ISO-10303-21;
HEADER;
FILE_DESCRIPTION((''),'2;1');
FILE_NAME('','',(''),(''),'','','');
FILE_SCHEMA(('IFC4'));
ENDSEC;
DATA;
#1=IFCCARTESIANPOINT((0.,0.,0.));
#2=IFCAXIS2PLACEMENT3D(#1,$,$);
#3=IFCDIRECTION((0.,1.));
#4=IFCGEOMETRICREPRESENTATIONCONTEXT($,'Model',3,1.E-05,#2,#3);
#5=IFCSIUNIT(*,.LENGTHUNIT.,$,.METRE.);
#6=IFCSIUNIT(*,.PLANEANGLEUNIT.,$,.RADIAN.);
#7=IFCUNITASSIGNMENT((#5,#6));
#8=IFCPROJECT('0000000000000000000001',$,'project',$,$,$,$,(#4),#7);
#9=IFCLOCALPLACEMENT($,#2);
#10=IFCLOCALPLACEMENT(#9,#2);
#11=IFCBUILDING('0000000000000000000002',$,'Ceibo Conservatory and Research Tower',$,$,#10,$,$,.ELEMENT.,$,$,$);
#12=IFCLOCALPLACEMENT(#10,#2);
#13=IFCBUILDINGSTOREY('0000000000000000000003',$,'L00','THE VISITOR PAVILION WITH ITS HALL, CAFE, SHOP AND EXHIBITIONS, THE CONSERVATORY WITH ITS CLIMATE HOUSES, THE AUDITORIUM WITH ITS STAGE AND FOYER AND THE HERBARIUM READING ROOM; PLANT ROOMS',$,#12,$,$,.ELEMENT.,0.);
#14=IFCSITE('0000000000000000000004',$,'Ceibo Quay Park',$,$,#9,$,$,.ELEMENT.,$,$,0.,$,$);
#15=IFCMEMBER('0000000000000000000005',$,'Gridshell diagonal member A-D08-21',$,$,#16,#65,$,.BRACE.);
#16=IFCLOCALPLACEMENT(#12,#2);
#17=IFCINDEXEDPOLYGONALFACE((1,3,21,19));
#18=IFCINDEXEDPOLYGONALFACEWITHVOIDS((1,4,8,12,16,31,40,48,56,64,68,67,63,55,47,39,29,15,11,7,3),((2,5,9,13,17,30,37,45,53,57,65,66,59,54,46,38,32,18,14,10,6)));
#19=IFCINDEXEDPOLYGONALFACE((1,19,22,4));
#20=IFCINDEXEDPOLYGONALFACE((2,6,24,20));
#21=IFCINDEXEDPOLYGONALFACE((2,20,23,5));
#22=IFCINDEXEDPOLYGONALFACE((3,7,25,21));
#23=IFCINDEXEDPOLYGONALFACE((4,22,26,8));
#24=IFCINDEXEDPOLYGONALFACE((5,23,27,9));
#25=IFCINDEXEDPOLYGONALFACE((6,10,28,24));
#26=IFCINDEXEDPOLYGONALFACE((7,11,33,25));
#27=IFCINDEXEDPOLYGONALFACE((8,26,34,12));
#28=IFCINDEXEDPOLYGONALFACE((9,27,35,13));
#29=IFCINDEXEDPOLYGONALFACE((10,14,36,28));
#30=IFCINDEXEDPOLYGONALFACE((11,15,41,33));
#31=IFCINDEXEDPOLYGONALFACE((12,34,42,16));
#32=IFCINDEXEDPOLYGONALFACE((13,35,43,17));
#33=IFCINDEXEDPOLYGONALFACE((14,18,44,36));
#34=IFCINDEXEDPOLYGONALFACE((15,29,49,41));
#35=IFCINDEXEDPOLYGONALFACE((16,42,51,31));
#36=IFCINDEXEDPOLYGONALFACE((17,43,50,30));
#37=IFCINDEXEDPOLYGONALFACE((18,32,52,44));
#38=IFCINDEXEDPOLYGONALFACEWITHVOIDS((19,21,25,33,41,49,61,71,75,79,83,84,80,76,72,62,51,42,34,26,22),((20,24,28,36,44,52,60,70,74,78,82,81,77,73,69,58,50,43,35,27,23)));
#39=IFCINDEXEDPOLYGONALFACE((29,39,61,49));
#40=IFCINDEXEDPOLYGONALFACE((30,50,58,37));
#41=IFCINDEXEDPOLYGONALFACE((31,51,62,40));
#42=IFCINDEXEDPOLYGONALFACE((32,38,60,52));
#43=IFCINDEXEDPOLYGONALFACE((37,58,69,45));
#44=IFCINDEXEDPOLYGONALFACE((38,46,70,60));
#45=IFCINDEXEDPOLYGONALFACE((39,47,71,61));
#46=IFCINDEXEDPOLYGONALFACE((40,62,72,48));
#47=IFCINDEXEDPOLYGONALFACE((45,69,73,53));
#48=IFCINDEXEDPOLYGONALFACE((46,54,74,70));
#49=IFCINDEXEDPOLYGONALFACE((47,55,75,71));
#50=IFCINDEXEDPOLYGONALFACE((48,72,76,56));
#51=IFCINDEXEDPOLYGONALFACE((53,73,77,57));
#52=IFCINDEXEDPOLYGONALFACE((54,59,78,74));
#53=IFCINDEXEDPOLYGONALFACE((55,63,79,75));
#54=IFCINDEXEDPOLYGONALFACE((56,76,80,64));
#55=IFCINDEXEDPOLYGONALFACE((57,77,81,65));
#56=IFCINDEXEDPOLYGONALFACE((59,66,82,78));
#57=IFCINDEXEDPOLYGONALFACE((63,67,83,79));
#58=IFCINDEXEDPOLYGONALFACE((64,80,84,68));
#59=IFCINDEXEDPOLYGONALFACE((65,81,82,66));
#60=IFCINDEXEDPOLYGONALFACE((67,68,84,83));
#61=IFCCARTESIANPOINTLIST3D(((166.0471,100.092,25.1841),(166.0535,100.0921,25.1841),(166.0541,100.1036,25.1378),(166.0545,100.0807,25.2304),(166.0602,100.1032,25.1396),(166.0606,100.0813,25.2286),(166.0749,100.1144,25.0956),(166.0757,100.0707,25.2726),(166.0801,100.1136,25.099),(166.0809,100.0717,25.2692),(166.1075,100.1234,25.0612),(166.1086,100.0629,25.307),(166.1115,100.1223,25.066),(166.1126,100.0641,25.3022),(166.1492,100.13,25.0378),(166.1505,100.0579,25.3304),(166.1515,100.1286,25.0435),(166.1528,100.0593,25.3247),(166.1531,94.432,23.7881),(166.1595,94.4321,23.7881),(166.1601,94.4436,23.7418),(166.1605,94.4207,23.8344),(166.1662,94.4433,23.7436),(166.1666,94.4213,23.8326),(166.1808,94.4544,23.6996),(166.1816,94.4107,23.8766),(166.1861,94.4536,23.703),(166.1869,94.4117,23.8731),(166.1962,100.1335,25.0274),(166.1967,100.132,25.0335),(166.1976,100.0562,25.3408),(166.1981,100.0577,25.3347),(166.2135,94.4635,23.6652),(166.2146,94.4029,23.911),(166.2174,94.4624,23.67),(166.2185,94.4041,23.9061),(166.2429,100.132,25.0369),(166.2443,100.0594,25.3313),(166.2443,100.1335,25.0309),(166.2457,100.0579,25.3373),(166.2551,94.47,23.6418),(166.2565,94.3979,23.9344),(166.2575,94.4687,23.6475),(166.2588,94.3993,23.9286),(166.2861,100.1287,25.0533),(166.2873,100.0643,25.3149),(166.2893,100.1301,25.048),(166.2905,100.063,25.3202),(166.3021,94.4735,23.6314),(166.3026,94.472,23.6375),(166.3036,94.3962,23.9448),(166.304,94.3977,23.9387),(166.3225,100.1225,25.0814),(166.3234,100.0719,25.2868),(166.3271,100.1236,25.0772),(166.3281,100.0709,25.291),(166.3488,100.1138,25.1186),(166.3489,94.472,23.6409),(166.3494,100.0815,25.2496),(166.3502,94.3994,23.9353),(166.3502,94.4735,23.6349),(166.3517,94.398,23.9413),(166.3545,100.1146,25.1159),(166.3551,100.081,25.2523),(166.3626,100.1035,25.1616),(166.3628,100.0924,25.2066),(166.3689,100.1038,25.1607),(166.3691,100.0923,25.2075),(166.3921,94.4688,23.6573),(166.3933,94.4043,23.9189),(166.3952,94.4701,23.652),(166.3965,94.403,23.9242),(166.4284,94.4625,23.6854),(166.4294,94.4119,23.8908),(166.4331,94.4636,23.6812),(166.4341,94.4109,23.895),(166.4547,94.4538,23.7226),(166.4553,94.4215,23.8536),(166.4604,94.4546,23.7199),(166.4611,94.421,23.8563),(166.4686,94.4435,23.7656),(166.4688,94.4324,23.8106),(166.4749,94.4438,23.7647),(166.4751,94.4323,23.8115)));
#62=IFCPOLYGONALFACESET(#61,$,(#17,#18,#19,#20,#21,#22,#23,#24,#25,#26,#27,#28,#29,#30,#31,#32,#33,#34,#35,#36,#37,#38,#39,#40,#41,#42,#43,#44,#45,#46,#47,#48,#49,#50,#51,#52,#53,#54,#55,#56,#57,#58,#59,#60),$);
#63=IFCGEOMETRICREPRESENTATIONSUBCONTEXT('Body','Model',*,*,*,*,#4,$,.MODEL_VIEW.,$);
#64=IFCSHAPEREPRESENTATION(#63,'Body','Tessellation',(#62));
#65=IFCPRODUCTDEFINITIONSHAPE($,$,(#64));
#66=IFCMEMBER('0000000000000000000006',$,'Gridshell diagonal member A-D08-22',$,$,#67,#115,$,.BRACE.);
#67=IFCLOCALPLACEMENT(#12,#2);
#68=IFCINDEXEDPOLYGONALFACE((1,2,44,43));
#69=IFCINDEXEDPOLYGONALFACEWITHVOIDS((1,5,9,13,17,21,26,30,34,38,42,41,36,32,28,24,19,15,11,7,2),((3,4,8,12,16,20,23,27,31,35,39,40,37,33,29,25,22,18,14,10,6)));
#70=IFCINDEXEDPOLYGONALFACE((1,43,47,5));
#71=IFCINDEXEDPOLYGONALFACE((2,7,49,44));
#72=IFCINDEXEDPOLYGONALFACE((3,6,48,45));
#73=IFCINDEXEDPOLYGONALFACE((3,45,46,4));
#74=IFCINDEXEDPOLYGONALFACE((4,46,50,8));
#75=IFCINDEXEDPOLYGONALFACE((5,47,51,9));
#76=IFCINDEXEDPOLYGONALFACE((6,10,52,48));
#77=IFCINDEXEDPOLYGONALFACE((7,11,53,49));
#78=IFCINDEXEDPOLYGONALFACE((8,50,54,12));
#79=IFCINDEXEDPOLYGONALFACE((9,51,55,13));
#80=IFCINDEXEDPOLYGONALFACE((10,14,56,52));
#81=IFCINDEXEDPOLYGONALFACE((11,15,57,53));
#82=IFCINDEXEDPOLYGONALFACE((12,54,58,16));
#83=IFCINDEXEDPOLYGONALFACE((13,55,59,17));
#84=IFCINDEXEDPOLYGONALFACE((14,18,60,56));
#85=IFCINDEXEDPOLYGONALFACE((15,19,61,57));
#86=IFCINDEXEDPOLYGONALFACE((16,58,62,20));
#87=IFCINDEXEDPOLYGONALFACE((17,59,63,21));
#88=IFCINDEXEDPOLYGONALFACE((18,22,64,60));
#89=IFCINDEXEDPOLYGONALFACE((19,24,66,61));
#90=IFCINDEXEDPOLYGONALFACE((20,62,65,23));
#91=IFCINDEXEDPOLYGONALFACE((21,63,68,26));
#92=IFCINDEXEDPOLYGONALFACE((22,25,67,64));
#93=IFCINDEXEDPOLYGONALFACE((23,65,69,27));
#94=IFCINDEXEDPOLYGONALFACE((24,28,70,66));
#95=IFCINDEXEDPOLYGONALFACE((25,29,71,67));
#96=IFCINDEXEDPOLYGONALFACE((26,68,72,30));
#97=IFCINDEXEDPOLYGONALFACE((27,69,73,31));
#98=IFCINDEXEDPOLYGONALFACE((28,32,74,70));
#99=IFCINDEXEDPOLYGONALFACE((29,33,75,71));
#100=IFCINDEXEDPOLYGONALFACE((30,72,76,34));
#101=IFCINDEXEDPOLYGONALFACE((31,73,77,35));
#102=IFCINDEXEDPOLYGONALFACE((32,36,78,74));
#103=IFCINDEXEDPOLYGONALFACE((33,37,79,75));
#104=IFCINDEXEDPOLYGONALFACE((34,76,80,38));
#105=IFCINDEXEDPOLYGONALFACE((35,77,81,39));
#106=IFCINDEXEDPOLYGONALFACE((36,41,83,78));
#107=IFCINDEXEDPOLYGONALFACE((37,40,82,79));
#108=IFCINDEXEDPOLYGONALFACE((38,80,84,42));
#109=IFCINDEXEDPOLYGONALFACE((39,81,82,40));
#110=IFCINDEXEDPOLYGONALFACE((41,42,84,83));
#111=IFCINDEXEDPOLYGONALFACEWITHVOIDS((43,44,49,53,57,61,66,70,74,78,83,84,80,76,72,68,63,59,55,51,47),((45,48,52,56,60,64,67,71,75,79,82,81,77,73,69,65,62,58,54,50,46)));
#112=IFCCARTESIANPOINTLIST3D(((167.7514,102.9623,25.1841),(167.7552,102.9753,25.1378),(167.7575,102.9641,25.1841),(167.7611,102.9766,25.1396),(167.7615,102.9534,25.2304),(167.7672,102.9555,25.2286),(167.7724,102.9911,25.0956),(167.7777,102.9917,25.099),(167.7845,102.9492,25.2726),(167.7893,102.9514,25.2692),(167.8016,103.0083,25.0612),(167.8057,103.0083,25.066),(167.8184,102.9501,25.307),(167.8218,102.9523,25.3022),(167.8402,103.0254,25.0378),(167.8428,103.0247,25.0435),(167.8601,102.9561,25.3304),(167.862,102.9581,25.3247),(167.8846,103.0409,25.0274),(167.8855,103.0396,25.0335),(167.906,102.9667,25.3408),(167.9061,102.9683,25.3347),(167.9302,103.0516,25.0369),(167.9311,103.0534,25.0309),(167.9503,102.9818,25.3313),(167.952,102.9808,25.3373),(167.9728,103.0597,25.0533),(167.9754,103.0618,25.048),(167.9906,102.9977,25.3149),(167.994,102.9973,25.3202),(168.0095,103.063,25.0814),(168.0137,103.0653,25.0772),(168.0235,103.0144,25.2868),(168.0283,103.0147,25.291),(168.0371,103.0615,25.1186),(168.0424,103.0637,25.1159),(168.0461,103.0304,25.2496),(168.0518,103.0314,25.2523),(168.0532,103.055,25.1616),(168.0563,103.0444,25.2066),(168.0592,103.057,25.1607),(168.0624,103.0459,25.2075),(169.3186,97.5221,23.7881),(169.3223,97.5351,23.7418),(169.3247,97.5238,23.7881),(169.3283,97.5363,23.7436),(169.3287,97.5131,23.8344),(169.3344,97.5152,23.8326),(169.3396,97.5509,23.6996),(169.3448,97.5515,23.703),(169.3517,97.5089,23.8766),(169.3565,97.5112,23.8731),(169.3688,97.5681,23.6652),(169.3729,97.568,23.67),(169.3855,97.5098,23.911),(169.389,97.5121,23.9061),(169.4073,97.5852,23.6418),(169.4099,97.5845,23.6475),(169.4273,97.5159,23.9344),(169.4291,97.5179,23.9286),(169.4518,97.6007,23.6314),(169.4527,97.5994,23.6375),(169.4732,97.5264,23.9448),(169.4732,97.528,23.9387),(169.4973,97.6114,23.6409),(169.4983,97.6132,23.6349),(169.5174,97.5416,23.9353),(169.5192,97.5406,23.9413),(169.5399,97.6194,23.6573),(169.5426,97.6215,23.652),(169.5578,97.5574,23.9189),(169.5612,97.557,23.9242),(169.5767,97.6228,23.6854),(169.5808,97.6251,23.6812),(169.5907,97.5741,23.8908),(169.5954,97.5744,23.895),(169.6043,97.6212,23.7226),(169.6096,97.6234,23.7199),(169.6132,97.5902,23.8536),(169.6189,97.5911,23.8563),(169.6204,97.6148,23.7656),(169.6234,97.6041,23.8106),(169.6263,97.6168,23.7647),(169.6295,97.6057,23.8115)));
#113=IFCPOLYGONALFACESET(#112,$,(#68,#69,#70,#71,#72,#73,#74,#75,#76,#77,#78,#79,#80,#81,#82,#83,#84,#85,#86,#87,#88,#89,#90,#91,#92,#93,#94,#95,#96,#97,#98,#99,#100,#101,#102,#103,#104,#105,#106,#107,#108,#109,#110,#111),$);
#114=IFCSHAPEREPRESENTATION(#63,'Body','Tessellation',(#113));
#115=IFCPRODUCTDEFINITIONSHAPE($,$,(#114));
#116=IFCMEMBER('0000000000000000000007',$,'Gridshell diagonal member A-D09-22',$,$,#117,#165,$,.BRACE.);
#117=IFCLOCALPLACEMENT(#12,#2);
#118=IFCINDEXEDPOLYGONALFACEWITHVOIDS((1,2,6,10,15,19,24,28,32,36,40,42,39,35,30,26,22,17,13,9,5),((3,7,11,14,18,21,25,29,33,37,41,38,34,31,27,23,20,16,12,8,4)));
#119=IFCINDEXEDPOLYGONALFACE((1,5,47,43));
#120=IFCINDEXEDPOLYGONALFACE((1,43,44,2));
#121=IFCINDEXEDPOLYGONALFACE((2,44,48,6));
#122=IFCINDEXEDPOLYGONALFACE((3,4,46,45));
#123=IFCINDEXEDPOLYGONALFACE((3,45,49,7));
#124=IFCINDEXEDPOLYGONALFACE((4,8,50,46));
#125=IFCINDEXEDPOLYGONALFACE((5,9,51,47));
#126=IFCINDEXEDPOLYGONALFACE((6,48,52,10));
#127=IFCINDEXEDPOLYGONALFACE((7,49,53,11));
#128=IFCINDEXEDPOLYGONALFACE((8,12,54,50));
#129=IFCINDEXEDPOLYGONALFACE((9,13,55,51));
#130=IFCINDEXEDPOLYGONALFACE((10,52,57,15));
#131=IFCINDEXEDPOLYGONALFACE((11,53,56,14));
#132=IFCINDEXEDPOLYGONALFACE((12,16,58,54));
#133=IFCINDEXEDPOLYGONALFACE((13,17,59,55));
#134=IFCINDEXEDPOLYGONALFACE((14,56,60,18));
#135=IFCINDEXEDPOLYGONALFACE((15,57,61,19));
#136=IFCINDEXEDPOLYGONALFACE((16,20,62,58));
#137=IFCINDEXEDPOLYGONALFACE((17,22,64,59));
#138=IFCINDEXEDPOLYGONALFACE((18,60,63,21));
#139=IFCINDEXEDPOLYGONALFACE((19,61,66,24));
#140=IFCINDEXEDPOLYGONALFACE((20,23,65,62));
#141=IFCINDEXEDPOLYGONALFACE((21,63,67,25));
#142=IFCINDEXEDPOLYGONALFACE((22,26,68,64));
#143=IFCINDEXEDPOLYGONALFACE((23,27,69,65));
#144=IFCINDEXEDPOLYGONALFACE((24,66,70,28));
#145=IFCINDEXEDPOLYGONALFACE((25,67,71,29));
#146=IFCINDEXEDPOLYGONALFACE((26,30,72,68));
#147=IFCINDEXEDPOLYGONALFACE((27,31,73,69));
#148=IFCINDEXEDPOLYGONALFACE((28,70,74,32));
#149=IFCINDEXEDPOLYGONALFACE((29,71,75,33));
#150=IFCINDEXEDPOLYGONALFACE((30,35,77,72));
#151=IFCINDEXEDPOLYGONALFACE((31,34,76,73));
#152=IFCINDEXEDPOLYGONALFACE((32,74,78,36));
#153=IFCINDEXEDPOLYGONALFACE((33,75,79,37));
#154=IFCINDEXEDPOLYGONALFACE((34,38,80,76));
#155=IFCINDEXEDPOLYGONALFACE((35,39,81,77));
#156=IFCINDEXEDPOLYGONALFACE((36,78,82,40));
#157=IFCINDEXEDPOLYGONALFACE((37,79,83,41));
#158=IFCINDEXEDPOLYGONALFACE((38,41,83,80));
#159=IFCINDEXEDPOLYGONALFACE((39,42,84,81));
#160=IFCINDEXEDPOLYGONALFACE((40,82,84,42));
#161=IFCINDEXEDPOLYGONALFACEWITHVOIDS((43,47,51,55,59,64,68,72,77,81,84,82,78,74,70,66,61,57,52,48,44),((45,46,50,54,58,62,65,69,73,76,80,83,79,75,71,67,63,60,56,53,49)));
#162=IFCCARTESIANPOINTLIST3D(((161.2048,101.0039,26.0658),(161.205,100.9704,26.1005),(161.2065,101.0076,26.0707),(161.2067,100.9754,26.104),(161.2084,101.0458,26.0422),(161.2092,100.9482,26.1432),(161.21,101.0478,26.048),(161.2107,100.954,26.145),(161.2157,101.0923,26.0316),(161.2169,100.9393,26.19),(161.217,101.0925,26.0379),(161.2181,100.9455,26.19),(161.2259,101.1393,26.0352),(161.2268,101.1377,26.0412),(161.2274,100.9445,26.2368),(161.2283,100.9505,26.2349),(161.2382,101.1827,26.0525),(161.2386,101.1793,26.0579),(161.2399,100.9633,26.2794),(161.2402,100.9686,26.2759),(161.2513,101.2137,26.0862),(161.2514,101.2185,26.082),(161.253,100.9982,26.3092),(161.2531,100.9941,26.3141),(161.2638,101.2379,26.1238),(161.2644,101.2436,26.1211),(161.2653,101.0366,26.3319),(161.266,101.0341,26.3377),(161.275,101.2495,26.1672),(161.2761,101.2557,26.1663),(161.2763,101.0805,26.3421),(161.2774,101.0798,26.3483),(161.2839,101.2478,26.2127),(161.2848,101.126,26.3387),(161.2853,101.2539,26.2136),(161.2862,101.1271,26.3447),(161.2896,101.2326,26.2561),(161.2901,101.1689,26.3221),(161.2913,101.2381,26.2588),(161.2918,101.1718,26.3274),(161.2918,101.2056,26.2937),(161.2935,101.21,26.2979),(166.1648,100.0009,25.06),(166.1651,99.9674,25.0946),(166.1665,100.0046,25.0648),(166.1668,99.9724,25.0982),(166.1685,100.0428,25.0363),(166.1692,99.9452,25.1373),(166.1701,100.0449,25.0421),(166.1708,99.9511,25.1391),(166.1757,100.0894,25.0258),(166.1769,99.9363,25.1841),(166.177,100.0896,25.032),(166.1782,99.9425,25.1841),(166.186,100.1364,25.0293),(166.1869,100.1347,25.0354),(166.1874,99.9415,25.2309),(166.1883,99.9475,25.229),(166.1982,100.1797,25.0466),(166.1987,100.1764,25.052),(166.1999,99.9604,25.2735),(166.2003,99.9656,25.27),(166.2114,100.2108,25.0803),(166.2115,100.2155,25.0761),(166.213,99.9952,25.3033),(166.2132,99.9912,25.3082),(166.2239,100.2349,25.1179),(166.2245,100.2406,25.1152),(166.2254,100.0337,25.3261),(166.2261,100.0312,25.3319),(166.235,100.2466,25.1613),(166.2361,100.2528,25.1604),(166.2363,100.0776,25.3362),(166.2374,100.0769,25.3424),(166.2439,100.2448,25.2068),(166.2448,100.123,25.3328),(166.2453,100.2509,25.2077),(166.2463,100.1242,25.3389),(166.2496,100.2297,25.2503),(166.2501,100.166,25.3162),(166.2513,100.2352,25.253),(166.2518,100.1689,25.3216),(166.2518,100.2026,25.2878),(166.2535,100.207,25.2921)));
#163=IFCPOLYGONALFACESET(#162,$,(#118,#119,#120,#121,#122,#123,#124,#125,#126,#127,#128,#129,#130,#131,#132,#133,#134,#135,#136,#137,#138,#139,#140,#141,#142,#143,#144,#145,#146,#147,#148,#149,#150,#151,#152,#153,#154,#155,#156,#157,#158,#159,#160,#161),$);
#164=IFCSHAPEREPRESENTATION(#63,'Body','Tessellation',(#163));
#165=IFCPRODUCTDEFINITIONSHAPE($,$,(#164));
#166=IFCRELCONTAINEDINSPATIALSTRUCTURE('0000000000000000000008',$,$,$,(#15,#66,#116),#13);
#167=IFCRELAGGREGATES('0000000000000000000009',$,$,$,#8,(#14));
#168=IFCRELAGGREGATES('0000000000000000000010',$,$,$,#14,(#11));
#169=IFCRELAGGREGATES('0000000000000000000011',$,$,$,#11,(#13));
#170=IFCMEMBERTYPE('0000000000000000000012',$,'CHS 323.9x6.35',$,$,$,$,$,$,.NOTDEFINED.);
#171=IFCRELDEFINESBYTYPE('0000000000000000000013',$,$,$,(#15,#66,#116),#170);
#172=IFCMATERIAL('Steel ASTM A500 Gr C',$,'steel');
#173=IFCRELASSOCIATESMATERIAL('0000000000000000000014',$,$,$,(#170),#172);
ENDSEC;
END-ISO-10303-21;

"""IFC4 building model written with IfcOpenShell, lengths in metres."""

from ifc_helpers import new_model, si_unit, direction, frame, origin, origin_2d, place, context, subcontext, project, spatial, hollow_circle, extrude, material, material_profile, profile_set, type_object, element, save


model = new_model("IFC4")

# Units and contexts
model_context = context("Model", 3, precision=1e-05, world=origin(), true_north=direction((0.0, 1.0)))
body_context = subcontext(model_context, "Body", "Model", "MODEL_VIEW")
ifc_project = project(units=[si_unit("LENGTHUNIT", "METRE"), si_unit("PLANEANGLEUNIT", "RADIAN")], contexts=[model_context])

# Site, building, storey
site_placement = place(None, origin())
site = spatial("IfcSite", under=ifc_project, at=site_placement, Name="Ceibo Quay Park", CompositionType="ELEMENT", RefElevation=0.0)
building_placement = place(site_placement, origin())
building = spatial("IfcBuilding", under=site, at=building_placement, Name="Ceibo Conservatory and Research Tower", CompositionType="ELEMENT")
storey_placement = place(building_placement, origin())
storey = spatial("IfcBuildingStorey", under=building, at=storey_placement, Name="L00", Description="THE VISITOR PAVILION WITH ITS HALL, CAFE, SHOP AND EXHIBITIONS, THE CONSERVATORY WITH ITS CLIMATE HOUSES, THE AUDITORIUM WITH ITS STAGE AND FOYER AND THE HERBARIUM READING ROOM; PLANT ROOMS", CompositionType="ELEMENT", Elevation=0.0)

# Members
ifc_material_1 = material(Name="Steel ASTM A500 Gr C", Category="steel")
ifc_material_profile_1 = material_profile(ifc_material_1, hollow_circle(Radius=0.1619, WallThickness=0.0063, at=origin_2d()), Name="CHS 323.9x6.35")
ifc_profile_set_1 = profile_set([ifc_material_profile_1], Name="Steel ASTM A500 Gr C")
member_type_1 = type_object("IfcMemberType", Name="CHS 323.9x6.35", PredefinedType="NOTDEFINED", material=ifc_profile_set_1)
member_1_placement = place(storey_placement, frame((166.3149, 94.4351, 23.7881), z_axis=(-0.018173, 0.970743, 0.23943), x_axis=(-0.999825, -0.018717, 0.0)))
element("IfcMember", 1, at=member_1_placement, inside=storey, type_object=member_type_1, Name="Gridshell diagonal member A-D08-21", PredefinedType="BRACE", context=body_context, shape_type="SweptSolid", body=[
    extrude(hollow_circle(Radius=0.1619, WallThickness=0.0063, at=origin_2d()), origin(), (0.0, 0.0, 1.0), 5.8306),
])
member_2_placement = place(storey_placement, frame((169.4741, 97.5669, 23.7881), z_axis=(-0.268761, 0.932979, 0.23941), x_axis=(-0.960924, -0.276811, 0.0)))
element("IfcMember", 2, at=member_2_placement, inside=storey, type_object=member_type_1, Name="Gridshell diagonal member A-D08-22", PredefinedType="BRACE", context=body_context, shape_type="SweptSolid", body=[
    extrude(hollow_circle(Radius=0.1619, WallThickness=0.0063, at=origin_2d()), origin(), (0.0, 0.0, 1.0), 5.8311),
])
member_3_placement = place(storey_placement, frame((166.209, 100.095, 25.1841), z_axis=(-0.961355, 0.194391, 0.194959), x_axis=(-0.198194, -0.980163, 0.0)))
element("IfcMember", 3, at=member_3_placement, inside=storey, type_object=member_type_1, Name="Gridshell diagonal member A-D09-22", PredefinedType="BRACE", context=body_context, shape_type="SweptSolid", body=[
    extrude(hollow_circle(Radius=0.1619, WallThickness=0.0063, at=origin_2d()), origin(), (0.0, 0.0, 1.0), 5.1594),
])

save(model, "model.ifc")
